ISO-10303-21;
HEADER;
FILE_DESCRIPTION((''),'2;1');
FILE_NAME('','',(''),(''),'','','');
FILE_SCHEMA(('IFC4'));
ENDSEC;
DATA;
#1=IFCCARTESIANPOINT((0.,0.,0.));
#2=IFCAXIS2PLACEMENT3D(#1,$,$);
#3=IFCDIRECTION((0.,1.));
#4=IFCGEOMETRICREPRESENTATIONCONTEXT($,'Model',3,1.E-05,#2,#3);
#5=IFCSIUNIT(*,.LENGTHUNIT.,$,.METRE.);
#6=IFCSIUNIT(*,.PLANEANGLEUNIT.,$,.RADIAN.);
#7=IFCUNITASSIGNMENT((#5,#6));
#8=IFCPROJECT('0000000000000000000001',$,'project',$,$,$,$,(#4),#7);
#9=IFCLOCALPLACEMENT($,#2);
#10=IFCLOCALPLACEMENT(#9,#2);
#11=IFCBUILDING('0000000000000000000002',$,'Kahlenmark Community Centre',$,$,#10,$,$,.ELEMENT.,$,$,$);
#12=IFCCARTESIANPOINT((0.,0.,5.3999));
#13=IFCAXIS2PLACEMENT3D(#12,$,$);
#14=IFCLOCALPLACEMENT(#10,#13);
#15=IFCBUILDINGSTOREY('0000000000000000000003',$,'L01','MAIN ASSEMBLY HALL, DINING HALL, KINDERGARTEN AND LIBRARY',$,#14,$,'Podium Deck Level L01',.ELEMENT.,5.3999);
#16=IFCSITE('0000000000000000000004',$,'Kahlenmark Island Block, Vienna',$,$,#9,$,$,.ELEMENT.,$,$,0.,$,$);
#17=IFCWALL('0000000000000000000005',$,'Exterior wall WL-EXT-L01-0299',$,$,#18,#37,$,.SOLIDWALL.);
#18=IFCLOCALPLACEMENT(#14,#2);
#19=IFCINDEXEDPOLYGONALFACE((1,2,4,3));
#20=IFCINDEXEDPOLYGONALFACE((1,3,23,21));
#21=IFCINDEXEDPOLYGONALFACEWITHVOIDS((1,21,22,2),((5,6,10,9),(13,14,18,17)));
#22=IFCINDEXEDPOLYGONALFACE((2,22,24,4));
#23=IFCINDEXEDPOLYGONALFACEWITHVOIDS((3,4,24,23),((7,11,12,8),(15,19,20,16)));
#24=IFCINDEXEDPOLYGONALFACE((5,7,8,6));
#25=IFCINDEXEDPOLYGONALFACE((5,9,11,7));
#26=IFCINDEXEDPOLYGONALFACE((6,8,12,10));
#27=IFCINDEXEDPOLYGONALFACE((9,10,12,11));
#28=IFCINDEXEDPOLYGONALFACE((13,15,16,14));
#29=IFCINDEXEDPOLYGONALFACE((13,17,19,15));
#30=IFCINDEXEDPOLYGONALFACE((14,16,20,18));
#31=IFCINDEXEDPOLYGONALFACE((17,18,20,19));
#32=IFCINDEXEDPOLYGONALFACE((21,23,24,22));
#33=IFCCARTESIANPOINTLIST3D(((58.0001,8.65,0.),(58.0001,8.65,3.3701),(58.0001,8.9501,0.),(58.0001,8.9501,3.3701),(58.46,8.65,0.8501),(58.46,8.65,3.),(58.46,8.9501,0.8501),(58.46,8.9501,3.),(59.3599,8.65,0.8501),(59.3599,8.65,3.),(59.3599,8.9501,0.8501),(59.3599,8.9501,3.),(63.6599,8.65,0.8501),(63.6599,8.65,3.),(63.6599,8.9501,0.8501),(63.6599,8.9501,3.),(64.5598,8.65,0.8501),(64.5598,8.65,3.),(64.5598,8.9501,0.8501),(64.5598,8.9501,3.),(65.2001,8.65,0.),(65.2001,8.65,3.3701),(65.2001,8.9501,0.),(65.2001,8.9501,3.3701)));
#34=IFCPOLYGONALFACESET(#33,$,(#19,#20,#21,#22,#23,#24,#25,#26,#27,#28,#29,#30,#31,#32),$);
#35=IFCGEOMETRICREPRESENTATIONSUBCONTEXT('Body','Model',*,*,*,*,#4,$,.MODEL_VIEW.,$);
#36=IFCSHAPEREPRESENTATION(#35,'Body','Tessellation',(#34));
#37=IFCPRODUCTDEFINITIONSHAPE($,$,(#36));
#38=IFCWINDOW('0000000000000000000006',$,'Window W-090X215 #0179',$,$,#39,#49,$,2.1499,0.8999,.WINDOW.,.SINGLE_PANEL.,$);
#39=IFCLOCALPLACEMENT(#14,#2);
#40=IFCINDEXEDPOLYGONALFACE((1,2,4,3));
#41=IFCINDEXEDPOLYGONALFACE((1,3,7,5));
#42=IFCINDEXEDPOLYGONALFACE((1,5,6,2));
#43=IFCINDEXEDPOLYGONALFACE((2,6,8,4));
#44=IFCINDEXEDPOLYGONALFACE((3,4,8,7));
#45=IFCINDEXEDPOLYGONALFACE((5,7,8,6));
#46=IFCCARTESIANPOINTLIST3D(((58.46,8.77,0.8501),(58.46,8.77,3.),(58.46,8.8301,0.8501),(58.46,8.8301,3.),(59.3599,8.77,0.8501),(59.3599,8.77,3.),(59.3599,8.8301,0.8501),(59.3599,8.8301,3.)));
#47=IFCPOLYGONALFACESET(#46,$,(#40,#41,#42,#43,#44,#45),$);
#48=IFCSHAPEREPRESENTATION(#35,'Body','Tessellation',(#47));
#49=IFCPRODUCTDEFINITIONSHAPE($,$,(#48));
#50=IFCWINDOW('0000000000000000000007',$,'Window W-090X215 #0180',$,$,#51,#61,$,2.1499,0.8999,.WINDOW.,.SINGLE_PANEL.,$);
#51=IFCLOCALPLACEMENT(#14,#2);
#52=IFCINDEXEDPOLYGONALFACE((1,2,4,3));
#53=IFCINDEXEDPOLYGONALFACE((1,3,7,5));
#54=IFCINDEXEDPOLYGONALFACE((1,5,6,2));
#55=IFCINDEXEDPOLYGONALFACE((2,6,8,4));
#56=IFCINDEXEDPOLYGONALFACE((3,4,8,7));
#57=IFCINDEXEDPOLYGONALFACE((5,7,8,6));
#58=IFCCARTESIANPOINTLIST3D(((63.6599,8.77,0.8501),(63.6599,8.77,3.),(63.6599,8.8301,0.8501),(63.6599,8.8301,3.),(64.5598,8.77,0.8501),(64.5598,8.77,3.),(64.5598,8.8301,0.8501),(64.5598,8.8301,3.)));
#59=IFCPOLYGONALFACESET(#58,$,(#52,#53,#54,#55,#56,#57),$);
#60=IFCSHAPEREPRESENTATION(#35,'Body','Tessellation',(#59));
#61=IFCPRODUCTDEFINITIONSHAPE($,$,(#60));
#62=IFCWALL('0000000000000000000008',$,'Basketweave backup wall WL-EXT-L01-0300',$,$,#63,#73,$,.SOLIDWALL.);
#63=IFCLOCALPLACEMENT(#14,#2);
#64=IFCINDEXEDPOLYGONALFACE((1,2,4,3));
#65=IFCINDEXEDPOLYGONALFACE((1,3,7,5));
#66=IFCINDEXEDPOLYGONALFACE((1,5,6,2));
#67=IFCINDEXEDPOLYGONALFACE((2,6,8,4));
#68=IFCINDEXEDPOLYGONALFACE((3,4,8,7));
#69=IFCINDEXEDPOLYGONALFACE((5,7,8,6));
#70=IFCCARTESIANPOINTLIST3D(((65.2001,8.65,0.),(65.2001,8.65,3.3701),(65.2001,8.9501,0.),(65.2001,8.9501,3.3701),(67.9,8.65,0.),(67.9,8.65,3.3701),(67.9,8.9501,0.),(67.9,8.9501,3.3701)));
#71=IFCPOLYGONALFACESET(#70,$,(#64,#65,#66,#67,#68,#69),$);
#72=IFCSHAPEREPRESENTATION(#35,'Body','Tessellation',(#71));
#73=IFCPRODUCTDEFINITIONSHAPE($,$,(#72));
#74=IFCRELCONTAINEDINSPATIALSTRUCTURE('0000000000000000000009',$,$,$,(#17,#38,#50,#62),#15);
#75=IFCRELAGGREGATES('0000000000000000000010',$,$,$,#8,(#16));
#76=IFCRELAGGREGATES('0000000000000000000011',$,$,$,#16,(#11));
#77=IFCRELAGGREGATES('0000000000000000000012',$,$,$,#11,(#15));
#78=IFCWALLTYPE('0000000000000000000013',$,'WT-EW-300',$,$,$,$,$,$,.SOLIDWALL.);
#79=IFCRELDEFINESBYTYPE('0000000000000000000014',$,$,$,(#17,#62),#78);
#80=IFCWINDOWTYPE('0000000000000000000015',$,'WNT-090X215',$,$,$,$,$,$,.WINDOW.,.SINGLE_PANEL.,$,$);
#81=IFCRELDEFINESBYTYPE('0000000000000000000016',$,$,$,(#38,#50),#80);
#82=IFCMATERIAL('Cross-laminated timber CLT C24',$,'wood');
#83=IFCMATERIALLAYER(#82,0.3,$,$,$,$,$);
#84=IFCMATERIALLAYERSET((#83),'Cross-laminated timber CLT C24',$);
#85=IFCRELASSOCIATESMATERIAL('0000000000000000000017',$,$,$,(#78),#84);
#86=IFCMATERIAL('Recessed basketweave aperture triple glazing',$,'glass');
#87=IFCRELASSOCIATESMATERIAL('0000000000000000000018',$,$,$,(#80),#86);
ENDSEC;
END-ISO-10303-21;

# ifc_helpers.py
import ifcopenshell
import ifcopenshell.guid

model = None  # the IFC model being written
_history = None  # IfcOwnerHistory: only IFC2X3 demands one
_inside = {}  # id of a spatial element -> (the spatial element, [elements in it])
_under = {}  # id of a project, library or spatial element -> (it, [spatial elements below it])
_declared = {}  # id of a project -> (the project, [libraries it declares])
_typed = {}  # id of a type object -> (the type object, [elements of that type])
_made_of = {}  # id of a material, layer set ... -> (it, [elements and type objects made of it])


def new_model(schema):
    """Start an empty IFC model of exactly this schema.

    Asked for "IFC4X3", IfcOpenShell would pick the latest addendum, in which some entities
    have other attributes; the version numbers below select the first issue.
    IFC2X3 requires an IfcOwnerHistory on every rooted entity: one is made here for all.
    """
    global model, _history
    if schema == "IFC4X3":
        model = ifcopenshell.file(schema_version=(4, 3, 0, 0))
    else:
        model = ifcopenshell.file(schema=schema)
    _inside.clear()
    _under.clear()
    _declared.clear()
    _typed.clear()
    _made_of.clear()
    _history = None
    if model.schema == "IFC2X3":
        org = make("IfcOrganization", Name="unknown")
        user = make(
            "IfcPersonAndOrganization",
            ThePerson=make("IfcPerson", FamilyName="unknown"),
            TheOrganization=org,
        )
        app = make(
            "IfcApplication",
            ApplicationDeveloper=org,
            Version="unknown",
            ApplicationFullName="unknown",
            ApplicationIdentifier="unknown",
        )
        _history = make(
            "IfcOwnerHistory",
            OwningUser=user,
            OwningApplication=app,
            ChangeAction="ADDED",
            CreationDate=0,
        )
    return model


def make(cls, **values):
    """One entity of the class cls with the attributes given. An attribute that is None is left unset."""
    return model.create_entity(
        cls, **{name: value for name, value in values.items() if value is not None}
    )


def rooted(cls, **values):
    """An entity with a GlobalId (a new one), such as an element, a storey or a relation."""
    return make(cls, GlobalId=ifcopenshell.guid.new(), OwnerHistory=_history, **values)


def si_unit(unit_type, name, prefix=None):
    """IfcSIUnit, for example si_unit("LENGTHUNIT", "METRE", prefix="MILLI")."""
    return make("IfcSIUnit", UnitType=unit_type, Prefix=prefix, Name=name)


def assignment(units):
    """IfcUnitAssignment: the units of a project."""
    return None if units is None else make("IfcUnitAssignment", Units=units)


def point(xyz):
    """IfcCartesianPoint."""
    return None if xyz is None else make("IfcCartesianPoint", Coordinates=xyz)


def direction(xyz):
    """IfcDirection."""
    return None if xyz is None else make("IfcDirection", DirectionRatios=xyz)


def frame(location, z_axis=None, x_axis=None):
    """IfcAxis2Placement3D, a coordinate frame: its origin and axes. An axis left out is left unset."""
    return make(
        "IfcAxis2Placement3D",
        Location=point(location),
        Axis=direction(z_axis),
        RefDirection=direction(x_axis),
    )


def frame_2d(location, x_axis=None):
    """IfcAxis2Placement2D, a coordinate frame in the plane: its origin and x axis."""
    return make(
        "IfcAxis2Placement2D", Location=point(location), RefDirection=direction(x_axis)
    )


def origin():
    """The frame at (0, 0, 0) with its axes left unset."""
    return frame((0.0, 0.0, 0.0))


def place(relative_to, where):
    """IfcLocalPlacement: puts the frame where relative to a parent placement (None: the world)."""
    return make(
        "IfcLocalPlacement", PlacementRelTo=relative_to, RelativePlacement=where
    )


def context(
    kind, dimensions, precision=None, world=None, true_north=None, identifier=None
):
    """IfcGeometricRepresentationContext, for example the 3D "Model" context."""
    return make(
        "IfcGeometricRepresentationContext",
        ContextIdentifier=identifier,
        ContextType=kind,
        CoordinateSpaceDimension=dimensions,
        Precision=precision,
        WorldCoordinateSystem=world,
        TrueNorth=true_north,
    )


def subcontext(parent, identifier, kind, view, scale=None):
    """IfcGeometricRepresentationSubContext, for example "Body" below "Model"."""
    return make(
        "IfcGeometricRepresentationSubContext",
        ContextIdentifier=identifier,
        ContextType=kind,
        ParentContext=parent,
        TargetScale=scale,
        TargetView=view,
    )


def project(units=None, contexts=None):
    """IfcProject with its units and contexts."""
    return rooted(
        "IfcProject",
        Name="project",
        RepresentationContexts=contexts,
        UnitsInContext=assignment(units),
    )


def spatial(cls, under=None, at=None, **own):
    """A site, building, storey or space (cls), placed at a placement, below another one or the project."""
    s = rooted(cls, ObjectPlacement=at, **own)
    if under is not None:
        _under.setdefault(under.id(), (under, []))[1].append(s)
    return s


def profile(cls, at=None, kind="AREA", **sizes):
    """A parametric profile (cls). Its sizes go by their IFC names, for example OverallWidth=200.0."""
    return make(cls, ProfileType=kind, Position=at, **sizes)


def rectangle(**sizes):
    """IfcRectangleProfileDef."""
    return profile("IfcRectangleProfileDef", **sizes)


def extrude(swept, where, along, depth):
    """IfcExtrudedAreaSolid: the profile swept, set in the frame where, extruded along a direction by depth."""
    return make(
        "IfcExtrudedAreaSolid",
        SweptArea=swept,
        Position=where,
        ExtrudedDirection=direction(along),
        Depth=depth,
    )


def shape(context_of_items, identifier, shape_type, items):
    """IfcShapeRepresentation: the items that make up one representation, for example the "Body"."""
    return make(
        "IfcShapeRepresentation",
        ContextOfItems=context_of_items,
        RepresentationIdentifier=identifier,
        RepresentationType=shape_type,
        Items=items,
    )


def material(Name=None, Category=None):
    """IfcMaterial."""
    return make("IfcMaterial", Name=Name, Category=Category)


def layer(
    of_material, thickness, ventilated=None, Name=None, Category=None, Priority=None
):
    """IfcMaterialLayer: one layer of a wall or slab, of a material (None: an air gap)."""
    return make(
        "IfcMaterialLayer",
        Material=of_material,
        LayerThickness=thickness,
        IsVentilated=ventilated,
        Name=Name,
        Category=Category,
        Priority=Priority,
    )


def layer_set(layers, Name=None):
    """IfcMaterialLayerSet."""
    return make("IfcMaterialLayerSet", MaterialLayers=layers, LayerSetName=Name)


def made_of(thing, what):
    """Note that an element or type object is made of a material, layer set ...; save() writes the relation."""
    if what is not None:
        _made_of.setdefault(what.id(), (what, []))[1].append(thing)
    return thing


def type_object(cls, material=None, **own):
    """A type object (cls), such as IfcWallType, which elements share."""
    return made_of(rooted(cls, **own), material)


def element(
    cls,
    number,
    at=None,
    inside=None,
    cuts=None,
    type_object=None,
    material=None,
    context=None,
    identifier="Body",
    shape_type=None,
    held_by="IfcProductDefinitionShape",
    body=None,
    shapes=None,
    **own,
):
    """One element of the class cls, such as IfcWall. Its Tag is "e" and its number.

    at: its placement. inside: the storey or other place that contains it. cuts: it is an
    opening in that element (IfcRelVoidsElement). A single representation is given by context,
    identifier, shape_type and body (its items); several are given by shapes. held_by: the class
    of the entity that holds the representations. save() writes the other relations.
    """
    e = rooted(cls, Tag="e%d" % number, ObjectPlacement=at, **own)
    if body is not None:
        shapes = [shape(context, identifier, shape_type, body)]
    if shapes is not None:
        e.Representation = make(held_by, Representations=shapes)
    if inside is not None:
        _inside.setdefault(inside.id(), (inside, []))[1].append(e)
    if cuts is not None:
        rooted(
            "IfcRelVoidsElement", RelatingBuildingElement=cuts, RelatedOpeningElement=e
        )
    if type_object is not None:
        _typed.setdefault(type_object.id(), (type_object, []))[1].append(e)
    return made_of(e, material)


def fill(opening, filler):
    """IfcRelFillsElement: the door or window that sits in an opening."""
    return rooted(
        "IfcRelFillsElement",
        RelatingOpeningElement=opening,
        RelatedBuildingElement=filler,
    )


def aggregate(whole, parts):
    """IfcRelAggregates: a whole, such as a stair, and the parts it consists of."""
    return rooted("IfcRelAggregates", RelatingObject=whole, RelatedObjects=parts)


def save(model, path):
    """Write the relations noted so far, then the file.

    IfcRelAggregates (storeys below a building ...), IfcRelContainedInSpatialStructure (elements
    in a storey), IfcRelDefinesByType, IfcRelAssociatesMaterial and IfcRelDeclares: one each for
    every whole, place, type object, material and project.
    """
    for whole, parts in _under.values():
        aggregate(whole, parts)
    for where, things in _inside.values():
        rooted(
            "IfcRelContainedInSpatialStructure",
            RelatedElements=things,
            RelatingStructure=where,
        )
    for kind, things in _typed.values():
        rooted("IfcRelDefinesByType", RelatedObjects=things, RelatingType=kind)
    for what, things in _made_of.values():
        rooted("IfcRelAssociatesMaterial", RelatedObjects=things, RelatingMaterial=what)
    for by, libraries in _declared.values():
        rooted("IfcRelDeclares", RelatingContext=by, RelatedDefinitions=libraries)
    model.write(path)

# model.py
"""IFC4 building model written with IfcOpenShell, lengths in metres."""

from ifc_helpers import new_model, si_unit, direction, frame, frame_2d, origin, place, context, subcontext, project, spatial, rectangle, extrude, material, layer, layer_set, type_object, element, fill, save


model = new_model("IFC4")

# Units and contexts
model_context = context("Model", 3, precision=1e-05, world=origin(), true_north=direction((0.0, 1.0)))
body_context = subcontext(model_context, "Body", "Model", "MODEL_VIEW")
ifc_project = project(units=[si_unit("LENGTHUNIT", "METRE"), si_unit("PLANEANGLEUNIT", "RADIAN")], contexts=[model_context])

# Site, building, storey
site_placement = place(None, origin())
site = spatial("IfcSite", under=ifc_project, at=site_placement, Name="Kahlenmark Island Block, Vienna", CompositionType="ELEMENT", RefElevation=0.0)
building_placement = place(site_placement, origin())
building = spatial("IfcBuilding", under=site, at=building_placement, Name="Kahlenmark Community Centre", CompositionType="ELEMENT")
storey_placement = place(building_placement, frame((0.0, 0.0, 5.3999)))
storey = spatial("IfcBuildingStorey", under=building, at=storey_placement, Name="L01", Description="MAIN ASSEMBLY HALL, DINING HALL, KINDERGARTEN AND LIBRARY", LongName="Podium Deck Level L01", CompositionType="ELEMENT", Elevation=5.3999)

# Wall, openings, windows
ifc_material_1 = material(Name="Cross-laminated timber CLT C24", Category="wood")
ifc_layer_1 = layer(ifc_material_1, 0.3)
ifc_layer_set_1 = layer_set([ifc_layer_1], Name="Cross-laminated timber CLT C24")
wall_type_1 = type_object("IfcWallType", Name="WT-EW-300", PredefinedType="SOLIDWALL", material=ifc_layer_set_1)
wall_1_placement = place(storey_placement, frame((58.0, 8.8, 0.0), z_axis=(0.0, 0.0, 1.0), x_axis=(1.0, 0.0, 0.0)))
wall_1 = element("IfcWall", 1, at=wall_1_placement, inside=storey, type_object=wall_type_1, Name="Exterior wall WL-EXT-L01-0299", PredefinedType="SOLIDWALL", context=body_context, shape_type="SweptSolid", body=[
    extrude(rectangle(XDim=7.2, YDim=0.3, at=frame_2d((3.6001, 0.0))), origin(), (0.0, 0.0, 1.0), 3.3701),
])
opening_1_placement = place(wall_1_placement, frame((0.46, 0.0, 0.8501)))
opening_1 = element("IfcOpeningElement", 2, at=opening_1_placement, cuts=wall_1, PredefinedType="OPENING", context=body_context, shape_type="SweptSolid", body=[
    extrude(rectangle(XDim=0.8999, YDim=2.1499, at=frame_2d((0.45, 1.075))), frame((0.0, 0.1599, 0.0), z_axis=(0.0, -1.0, 0.0), x_axis=(1.0, 0.0, 0.0)), (0.0, 0.0, 1.0), 0.3201),
])
opening_2_placement = place(wall_1_placement, frame((5.6599, 0.0, 0.8501)))
opening_2 = element("IfcOpeningElement", 3, at=opening_2_placement, cuts=wall_1, PredefinedType="OPENING", context=body_context, shape_type="SweptSolid", body=[
    extrude(rectangle(XDim=0.8999, YDim=2.1499, at=frame_2d((0.45, 1.075))), frame((0.0, 0.1599, 0.0), z_axis=(0.0, -1.0, 0.0), x_axis=(1.0, 0.0, 0.0)), (0.0, 0.0, 1.0), 0.3201),
])
ifc_material_2 = material(Name="Recessed basketweave aperture triple glazing", Category="glass")
window_type = type_object("IfcWindowType", Name="WNT-090X215", PartitioningType="SINGLE_PANEL", PredefinedType="WINDOW", material=ifc_material_2)
window_1_placement = place(opening_1_placement, origin())
window_1 = element("IfcWindow", 4, at=window_1_placement, inside=storey, type_object=window_type, Name="Window W-090X215 #0179", OverallHeight=2.1499, OverallWidth=0.8999, PartitioningType="SINGLE_PANEL", PredefinedType="WINDOW", context=body_context, shape_type="SweptSolid", body=[
    extrude(rectangle(XDim=0.8999, YDim=2.1499, at=frame_2d((0.45, 1.075))), frame((0.0, 0.03, 0.0), z_axis=(0.0, -1.0, 0.0), x_axis=(1.0, 0.0, 0.0)), (0.0, 0.0, 1.0), 0.0601),
])
fill(opening_1, window_1)
window_2_placement = place(opening_2_placement, origin())
window_2 = element("IfcWindow", 5, at=window_2_placement, inside=storey, type_object=window_type, Name="Window W-090X215 #0180", OverallHeight=2.1499, OverallWidth=0.8999, PartitioningType="SINGLE_PANEL", PredefinedType="WINDOW", context=body_context, shape_type="SweptSolid", body=[
    extrude(rectangle(XDim=0.8999, YDim=2.1499, at=frame_2d((0.45, 1.075))), frame((0.0, 0.03, 0.0), z_axis=(0.0, -1.0, 0.0), x_axis=(1.0, 0.0, 0.0)), (0.0, 0.0, 1.0), 0.0601),
])
fill(opening_2, window_2)

# Wall
wall_2_placement = place(storey_placement, frame((65.2, 8.8, 0.0), z_axis=(0.0, 0.0, 1.0), x_axis=(1.0, 0.0, 0.0)))
element("IfcWall", 6, at=wall_2_placement, inside=storey, type_object=wall_type_1, Name="Basketweave backup wall WL-EXT-L01-0300", PredefinedType="SOLIDWALL", context=body_context, shape_type="SweptSolid", body=[
    extrude(rectangle(XDim=2.7, YDim=0.3, at=frame_2d((1.3501, 0.0))), origin(), (0.0, 0.0, 1.0), 3.3701),
])

save(model, "model.ifc")
